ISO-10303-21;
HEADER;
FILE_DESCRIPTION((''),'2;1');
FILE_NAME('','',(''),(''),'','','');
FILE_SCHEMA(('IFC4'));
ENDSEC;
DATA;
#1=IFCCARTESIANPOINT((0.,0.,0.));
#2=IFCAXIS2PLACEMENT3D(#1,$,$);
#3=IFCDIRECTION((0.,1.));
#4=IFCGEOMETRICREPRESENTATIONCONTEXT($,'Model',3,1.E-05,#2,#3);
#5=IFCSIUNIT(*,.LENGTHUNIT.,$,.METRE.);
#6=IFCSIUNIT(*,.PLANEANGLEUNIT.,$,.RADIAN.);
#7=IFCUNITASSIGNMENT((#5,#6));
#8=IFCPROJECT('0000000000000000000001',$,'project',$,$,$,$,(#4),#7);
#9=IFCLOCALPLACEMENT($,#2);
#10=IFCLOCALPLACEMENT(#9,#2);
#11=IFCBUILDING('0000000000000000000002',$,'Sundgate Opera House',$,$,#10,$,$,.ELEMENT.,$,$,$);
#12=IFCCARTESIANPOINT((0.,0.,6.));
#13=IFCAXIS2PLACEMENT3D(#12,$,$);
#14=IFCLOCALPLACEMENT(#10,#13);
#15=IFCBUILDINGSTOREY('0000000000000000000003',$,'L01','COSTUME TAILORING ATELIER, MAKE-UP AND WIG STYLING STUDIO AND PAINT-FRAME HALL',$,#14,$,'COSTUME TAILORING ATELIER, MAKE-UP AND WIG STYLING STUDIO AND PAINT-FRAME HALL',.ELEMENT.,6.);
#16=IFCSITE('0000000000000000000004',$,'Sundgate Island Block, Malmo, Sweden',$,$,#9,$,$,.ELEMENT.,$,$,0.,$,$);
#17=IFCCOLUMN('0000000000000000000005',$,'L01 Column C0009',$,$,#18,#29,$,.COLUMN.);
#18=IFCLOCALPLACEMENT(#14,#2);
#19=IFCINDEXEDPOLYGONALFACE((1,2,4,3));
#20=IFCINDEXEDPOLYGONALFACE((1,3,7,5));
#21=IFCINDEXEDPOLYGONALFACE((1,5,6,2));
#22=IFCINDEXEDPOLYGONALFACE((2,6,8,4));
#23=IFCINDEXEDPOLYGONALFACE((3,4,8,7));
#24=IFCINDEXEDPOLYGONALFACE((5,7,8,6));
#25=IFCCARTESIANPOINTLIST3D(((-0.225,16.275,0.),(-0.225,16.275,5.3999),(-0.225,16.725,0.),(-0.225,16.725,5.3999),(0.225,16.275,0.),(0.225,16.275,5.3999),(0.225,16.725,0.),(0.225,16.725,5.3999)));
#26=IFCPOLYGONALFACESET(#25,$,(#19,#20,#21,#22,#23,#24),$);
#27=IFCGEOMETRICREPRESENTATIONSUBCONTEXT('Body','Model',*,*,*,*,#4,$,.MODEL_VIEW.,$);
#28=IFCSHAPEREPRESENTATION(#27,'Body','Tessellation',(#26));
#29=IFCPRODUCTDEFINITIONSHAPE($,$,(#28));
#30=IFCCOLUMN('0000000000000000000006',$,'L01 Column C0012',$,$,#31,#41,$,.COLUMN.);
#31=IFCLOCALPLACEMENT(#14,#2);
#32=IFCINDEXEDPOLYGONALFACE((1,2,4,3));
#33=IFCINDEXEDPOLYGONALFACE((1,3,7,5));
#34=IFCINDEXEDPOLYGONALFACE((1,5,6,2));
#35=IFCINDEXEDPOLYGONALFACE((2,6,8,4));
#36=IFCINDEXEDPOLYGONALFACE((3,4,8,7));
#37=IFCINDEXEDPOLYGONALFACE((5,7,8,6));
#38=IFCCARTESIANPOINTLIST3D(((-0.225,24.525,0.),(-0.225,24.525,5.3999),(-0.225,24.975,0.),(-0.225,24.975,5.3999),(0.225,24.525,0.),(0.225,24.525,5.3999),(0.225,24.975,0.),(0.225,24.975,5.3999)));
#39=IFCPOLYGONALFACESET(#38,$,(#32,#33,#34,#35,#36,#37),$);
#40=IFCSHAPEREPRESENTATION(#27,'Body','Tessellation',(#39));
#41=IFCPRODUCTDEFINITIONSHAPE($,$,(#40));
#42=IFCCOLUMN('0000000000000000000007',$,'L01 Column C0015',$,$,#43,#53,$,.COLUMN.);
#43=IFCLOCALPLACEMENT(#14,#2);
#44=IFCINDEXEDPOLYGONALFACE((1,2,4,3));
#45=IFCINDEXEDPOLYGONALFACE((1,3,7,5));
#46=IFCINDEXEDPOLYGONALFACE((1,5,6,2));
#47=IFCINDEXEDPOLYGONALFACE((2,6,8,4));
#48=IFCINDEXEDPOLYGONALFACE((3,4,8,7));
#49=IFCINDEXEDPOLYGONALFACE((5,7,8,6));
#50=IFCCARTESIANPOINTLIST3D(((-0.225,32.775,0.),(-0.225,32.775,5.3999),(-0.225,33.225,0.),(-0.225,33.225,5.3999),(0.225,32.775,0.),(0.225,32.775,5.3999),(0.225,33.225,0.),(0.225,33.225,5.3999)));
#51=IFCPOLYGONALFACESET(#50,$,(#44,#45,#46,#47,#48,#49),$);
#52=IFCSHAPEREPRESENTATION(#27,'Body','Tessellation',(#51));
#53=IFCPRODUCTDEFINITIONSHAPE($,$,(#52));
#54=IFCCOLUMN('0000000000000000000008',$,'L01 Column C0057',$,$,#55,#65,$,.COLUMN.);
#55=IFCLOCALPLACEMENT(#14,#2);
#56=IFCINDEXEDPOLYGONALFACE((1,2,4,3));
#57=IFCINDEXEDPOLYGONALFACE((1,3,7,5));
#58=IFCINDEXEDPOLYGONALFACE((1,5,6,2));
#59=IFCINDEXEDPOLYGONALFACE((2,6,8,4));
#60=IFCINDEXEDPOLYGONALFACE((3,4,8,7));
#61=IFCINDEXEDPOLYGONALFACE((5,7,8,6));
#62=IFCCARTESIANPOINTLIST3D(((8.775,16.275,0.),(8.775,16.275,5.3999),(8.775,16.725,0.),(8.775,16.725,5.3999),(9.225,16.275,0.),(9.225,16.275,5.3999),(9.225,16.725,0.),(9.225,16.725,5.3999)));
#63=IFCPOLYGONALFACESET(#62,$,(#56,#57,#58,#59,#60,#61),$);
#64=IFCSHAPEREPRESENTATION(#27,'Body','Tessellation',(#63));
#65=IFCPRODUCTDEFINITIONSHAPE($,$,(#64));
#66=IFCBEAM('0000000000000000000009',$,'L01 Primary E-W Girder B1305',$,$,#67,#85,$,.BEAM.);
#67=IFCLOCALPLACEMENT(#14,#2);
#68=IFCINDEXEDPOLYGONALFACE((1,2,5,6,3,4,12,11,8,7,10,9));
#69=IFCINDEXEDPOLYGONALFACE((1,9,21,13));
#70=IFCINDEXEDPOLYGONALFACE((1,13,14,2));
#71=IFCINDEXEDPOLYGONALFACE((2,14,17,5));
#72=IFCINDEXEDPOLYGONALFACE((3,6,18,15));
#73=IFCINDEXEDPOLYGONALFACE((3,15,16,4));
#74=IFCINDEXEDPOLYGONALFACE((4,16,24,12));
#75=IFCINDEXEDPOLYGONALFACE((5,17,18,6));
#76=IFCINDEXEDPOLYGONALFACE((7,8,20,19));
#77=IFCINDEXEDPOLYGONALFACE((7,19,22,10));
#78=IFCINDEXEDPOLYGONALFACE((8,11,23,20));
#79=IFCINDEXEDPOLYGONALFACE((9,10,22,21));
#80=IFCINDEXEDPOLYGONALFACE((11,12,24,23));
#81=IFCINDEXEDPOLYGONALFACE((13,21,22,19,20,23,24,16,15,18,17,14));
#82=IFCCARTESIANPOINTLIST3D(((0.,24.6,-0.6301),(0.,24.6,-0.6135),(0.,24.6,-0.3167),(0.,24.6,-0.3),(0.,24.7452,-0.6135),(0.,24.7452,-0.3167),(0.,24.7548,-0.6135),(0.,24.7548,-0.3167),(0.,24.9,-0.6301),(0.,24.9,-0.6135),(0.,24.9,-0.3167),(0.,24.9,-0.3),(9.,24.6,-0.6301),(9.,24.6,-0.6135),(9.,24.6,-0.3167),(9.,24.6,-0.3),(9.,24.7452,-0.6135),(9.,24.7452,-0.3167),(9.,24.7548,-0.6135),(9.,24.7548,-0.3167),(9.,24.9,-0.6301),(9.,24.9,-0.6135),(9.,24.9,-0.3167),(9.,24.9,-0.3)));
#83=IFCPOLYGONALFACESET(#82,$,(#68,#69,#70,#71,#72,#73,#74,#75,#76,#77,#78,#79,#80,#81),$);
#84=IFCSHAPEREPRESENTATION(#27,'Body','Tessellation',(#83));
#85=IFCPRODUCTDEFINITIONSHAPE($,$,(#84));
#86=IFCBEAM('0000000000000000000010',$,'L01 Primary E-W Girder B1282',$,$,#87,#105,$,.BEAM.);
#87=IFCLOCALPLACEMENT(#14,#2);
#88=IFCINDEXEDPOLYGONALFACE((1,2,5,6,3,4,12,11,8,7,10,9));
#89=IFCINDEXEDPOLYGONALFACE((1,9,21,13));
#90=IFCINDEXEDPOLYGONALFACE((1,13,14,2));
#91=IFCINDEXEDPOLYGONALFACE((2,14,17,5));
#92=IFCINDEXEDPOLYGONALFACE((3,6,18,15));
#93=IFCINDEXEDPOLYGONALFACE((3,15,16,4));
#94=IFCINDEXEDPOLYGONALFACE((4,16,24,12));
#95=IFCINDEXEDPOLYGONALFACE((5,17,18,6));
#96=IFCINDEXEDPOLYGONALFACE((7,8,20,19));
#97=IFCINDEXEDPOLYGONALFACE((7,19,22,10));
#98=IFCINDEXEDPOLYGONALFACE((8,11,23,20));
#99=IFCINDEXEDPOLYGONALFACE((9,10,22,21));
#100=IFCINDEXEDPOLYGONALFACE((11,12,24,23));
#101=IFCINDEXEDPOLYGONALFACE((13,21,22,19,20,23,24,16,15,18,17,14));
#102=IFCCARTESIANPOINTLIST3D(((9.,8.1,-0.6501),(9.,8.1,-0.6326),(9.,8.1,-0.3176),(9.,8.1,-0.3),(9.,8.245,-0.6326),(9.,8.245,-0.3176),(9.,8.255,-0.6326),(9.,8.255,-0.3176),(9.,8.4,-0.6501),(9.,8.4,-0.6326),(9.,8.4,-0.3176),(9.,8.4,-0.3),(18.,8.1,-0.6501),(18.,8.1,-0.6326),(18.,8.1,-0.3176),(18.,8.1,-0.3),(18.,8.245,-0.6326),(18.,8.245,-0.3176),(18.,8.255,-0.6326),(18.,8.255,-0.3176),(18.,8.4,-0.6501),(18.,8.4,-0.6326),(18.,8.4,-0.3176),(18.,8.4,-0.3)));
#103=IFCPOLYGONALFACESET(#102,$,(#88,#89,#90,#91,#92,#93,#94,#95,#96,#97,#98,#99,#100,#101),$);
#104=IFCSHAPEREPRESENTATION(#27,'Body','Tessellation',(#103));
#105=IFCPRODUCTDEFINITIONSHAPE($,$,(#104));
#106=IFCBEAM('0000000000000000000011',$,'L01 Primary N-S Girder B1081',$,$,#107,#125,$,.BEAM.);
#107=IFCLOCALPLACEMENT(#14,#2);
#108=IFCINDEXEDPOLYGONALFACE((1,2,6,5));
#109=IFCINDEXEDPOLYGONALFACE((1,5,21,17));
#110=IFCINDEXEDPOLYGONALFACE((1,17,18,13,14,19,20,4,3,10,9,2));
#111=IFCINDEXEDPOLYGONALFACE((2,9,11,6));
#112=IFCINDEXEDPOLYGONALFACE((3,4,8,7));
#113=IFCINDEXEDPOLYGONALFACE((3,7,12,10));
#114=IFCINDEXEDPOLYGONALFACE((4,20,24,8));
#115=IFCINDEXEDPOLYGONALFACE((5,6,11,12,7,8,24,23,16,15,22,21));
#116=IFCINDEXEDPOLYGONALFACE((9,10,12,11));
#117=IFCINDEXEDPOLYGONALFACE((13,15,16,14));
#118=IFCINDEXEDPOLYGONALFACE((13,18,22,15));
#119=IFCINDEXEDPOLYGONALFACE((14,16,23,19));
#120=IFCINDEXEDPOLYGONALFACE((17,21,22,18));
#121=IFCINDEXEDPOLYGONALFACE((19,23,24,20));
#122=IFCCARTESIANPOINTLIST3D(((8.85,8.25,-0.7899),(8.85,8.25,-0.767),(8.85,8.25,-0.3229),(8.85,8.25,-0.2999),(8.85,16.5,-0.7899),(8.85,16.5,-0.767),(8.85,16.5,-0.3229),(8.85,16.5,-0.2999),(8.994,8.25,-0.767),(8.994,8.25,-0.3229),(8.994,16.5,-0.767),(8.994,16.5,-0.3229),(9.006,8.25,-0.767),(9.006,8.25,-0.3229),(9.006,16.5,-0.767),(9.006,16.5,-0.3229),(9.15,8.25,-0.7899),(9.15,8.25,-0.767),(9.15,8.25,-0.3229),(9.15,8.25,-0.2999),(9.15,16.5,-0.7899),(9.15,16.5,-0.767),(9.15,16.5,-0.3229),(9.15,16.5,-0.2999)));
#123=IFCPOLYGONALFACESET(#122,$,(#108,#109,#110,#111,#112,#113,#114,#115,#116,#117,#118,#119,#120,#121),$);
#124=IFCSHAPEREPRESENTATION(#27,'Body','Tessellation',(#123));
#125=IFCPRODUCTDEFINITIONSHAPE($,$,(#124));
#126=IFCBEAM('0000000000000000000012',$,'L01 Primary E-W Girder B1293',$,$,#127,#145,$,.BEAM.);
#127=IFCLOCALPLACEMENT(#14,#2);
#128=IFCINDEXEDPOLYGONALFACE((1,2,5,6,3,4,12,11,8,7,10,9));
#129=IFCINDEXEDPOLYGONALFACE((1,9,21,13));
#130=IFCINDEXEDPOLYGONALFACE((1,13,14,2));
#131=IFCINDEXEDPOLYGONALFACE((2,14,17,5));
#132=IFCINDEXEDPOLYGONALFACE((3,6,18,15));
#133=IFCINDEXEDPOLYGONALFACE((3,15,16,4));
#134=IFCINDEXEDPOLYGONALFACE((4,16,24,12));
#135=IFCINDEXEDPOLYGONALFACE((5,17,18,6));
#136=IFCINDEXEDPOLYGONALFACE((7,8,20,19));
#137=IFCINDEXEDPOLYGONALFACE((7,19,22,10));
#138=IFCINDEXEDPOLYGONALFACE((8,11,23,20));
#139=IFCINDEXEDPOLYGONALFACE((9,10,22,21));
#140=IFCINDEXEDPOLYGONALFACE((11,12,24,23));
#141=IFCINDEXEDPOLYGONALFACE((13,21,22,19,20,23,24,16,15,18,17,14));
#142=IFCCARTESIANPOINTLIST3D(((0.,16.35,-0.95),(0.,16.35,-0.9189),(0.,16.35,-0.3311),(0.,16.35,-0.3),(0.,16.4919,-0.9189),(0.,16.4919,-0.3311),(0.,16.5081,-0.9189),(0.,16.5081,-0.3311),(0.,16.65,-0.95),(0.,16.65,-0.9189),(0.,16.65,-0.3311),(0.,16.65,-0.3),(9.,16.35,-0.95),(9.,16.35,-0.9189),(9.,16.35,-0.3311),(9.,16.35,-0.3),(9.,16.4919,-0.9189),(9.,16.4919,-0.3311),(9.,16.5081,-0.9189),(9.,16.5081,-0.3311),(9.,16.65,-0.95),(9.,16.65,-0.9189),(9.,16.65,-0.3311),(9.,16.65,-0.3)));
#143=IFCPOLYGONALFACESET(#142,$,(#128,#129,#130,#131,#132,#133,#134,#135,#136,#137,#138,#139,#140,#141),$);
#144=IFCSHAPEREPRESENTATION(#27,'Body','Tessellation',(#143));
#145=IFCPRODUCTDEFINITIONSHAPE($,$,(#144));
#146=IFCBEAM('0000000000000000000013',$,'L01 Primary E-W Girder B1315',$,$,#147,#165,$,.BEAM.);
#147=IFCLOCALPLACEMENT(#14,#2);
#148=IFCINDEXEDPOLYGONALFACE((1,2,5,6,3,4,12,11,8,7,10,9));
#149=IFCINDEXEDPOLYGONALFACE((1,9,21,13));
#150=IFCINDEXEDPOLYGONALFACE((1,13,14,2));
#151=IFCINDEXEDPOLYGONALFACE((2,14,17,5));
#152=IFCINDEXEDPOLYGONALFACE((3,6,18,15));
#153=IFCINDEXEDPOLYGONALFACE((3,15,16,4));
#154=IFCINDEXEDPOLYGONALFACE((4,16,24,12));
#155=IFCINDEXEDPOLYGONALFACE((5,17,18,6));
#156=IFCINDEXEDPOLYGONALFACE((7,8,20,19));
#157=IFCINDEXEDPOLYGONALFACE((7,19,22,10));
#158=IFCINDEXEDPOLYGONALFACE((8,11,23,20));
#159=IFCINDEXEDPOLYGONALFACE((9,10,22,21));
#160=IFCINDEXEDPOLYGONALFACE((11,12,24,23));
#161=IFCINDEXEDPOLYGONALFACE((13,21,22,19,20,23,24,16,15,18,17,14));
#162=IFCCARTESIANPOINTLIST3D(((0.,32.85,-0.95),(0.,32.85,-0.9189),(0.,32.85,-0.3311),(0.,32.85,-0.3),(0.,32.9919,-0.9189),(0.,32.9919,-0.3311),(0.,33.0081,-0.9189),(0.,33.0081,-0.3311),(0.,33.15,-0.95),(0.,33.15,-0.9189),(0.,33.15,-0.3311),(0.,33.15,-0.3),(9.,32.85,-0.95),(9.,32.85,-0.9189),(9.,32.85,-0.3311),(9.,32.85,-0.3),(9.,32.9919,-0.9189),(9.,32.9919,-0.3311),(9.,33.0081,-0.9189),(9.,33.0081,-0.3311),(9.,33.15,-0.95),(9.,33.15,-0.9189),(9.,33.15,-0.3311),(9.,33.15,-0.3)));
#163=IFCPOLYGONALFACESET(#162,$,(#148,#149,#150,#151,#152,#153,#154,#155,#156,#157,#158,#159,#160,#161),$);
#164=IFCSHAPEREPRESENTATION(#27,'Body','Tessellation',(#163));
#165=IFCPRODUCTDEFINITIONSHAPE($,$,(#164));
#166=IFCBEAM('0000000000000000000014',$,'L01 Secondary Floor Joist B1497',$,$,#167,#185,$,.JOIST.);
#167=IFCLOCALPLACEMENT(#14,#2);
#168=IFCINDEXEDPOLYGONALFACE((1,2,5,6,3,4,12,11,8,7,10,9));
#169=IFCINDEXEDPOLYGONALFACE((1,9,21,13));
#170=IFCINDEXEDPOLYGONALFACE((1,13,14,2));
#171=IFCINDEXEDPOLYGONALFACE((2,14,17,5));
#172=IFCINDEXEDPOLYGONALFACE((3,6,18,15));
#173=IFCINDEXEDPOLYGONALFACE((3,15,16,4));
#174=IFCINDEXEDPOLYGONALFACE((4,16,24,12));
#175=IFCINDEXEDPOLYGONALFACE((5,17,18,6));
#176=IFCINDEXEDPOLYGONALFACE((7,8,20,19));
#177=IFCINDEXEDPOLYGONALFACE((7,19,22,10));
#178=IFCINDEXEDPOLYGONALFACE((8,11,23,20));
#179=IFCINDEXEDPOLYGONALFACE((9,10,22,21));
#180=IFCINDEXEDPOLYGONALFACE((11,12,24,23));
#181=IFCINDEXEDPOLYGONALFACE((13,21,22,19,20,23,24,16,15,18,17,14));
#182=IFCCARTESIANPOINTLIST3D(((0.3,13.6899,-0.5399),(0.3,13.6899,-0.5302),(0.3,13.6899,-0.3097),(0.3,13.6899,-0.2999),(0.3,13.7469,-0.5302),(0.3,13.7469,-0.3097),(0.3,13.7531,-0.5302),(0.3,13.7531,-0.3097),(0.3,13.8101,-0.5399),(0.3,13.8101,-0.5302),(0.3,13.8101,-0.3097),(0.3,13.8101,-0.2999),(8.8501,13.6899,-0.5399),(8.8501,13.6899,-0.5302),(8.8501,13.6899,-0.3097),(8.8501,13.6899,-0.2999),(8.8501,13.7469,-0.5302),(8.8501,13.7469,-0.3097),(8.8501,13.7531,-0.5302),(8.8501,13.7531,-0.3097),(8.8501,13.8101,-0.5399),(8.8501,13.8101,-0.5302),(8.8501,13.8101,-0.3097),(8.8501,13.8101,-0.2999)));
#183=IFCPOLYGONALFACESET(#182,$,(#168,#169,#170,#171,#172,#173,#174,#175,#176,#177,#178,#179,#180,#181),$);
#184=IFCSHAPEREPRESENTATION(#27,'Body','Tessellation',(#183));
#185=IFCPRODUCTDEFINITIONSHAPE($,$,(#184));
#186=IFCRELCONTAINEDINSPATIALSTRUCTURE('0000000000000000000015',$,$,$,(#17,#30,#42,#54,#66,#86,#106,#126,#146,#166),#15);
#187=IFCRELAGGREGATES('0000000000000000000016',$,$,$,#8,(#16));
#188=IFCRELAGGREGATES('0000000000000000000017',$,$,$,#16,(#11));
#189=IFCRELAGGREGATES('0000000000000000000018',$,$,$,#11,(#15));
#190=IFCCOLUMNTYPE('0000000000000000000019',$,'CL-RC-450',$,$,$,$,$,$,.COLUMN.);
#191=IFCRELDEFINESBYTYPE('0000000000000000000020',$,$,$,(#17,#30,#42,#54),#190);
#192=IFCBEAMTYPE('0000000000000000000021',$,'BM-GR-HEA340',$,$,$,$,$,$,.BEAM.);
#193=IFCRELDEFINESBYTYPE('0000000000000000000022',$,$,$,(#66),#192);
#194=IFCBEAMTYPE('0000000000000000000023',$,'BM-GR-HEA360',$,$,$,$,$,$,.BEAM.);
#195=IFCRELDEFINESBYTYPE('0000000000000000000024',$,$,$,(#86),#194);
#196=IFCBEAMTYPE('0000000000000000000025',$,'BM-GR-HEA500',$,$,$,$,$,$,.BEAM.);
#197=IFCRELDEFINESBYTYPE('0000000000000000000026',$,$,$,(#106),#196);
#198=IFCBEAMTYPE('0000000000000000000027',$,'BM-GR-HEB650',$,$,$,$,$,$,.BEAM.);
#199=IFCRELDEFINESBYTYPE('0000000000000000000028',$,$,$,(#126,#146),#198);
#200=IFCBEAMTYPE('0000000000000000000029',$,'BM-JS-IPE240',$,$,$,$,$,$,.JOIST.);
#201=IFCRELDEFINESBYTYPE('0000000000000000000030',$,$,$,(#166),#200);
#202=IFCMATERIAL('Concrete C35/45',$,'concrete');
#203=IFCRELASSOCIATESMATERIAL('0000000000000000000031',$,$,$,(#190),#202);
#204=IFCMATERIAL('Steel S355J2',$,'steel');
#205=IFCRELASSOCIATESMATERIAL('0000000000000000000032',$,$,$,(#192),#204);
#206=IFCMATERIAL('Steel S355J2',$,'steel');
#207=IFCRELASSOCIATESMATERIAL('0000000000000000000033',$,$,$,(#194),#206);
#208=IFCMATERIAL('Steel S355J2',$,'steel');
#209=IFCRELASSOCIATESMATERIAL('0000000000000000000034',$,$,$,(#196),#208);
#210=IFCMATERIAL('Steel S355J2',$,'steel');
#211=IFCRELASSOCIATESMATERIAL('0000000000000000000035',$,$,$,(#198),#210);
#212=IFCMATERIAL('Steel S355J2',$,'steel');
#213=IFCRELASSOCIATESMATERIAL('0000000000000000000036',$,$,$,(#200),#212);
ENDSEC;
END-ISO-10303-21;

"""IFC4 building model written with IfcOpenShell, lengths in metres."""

from ifc_helpers import new_model, si_unit, direction, frame, origin, origin_2d, place, context, subcontext, project, spatial, rectangle, i_section, extrude, material, material_profile, profile_set, type_object, element, save


model = new_model("IFC4")

# Units and contexts
model_context = context("Model", 3, precision=1e-05, world=origin(), true_north=direction((0.0, 1.0)))
body_context = subcontext(model_context, "Body", "Model", "MODEL_VIEW")
ifc_project = project(units=[si_unit("LENGTHUNIT", "METRE"), si_unit("PLANEANGLEUNIT", "RADIAN")], contexts=[model_context])

# Site, building, storey
site_placement = place(None, origin())
site = spatial("IfcSite", under=ifc_project, at=site_placement, Name="Sundgate Island Block, Malmo, Sweden", CompositionType="ELEMENT", RefElevation=0.0)
building_placement = place(site_placement, origin())
building = spatial("IfcBuilding", under=site, at=building_placement, Name="Sundgate Opera House", CompositionType="ELEMENT")
storey_placement = place(building_placement, frame((0.0, 0.0, 6.0)))
storey = spatial("IfcBuildingStorey", under=building, at=storey_placement, Name="L01", Description="COSTUME TAILORING ATELIER, MAKE-UP AND WIG STYLING STUDIO AND PAINT-FRAME HALL", LongName="COSTUME TAILORING ATELIER, MAKE-UP AND WIG STYLING STUDIO AND PAINT-FRAME HALL", CompositionType="ELEMENT", Elevation=6.0)

# Columns
ifc_material_1 = material(Name="Concrete C35/45", Category="concrete")
ifc_material_profile_1 = material_profile(ifc_material_1, rectangle(XDim=0.45, YDim=0.45, at=origin_2d()), Name="RC 450x450")
ifc_profile_set_1 = profile_set([ifc_material_profile_1], Name="Concrete C35/45")
column_type = type_object("IfcColumnType", Name="CL-RC-450", PredefinedType="COLUMN", material=ifc_profile_set_1)
for number, where, z_axis, x_axis, name in (
    (1, (0.0, 16.5, 0.0), (0.0, 0.0, 1.0), (1.0, 0.0, 0.0), "L01 Column C0009"),
    (2, (0.0, 24.75, 0.0), (0.0, 0.0, 1.0), (1.0, 0.0, 0.0), "L01 Column C0012"),
    (3, (0.0, 33.0, 0.0), (0.0, 0.0, 1.0), (1.0, 0.0, 0.0), "L01 Column C0015"),
    (4, (9.0, 16.5, 0.0), (0.0, 0.0, 1.0), (1.0, 0.0, 0.0), "L01 Column C0057"),
):
    element("IfcColumn", number, at=place(storey_placement, frame(where, z_axis=z_axis, x_axis=x_axis)), inside=storey, type_object=column_type, Name=name, PredefinedType="COLUMN", context=body_context, shape_type="SweptSolid", body=[
        extrude(rectangle(XDim=0.45, YDim=0.45, at=origin_2d()), origin(), (0.0, 0.0, 1.0), 5.3999),
    ])

# Beams
ifc_material_2 = material(Name="Steel S355J2", Category="steel")
ifc_material_profile_2 = material_profile(ifc_material_2, i_section(OverallWidth=0.3, OverallDepth=0.3301, WebThickness=0.0095, FlangeThickness=0.0166, at=origin_2d()), Name="HEA 340")
ifc_profile_set_2 = profile_set([ifc_material_profile_2], Name="Steel S355J2")
beam_type_1 = type_object("IfcBeamType", Name="BM-GR-HEA340", PredefinedType="BEAM", material=ifc_profile_set_2)
beam_1_placement = place(storey_placement, frame((0.0, 24.75, -0.4651), z_axis=(1.0, 0.0, 0.0), x_axis=(0.0, 1.0, 0.0)))
element("IfcBeam", 5, at=beam_1_placement, inside=storey, type_object=beam_type_1, Name="L01 Primary E-W Girder B1305", PredefinedType="BEAM", context=body_context, shape_type="SweptSolid", body=[
    extrude(i_section(OverallWidth=0.3, OverallDepth=0.3301, WebThickness=0.0095, FlangeThickness=0.0166, at=origin_2d()), origin(), (0.0, 0.0, 1.0), 9.0),
])
ifc_material_3 = material(Name="Steel S355J2", Category="steel")
ifc_material_profile_3 = material_profile(ifc_material_3, i_section(OverallWidth=0.3, OverallDepth=0.3501, WebThickness=0.01, FlangeThickness=0.0176, at=origin_2d()), Name="HEA 360")
ifc_profile_set_3 = profile_set([ifc_material_profile_3], Name="Steel S355J2")
beam_type_2 = type_object("IfcBeamType", Name="BM-GR-HEA360", PredefinedType="BEAM", material=ifc_profile_set_3)
beam_2_placement = place(storey_placement, frame((9.0, 8.25, -0.4751), z_axis=(1.0, 0.0, 0.0), x_axis=(0.0, 1.0, 0.0)))
element("IfcBeam", 6, at=beam_2_placement, inside=storey, type_object=beam_type_2, Name="L01 Primary E-W Girder B1282", PredefinedType="BEAM", context=body_context, shape_type="SweptSolid", body=[
    extrude(i_section(OverallWidth=0.3, OverallDepth=0.3501, WebThickness=0.01, FlangeThickness=0.0176, at=origin_2d()), origin(), (0.0, 0.0, 1.0), 9.0),
])
ifc_material_4 = material(Name="Steel S355J2", Category="steel")
ifc_material_profile_4 = material_profile(ifc_material_4, i_section(OverallWidth=0.3, OverallDepth=0.49, WebThickness=0.012, FlangeThickness=0.0229, at=origin_2d()), Name="HEA 500")
ifc_profile_set_4 = profile_set([ifc_material_profile_4], Name="Steel S355J2")
beam_type_3 = type_object("IfcBeamType", Name="BM-GR-HEA500", PredefinedType="BEAM", material=ifc_profile_set_4)
beam_3_placement = place(storey_placement, frame((9.0, 8.25, -0.5449), z_axis=(0.0, 1.0, 0.0), x_axis=(-1.0, 0.0, 0.0)))
element("IfcBeam", 7, at=beam_3_placement, inside=storey, type_object=beam_type_3, Name="L01 Primary N-S Girder B1081", PredefinedType="BEAM", context=body_context, shape_type="SweptSolid", body=[
    extrude(i_section(OverallWidth=0.3, OverallDepth=0.49, WebThickness=0.012, FlangeThickness=0.0229, at=origin_2d()), origin(), (0.0, 0.0, 1.0), 8.25),
])
ifc_material_5 = material(Name="Steel S355J2", Category="steel")
ifc_material_profile_5 = material_profile(ifc_material_5, i_section(OverallWidth=0.3, OverallDepth=0.6499, WebThickness=0.0161, FlangeThickness=0.031, at=origin_2d()), Name="HEB 650")
ifc_profile_set_5 = profile_set([ifc_material_profile_5], Name="Steel S355J2")
beam_type_4 = type_object("IfcBeamType", Name="BM-GR-HEB650", PredefinedType="BEAM", material=ifc_profile_set_5)
for number, where, z_axis, x_axis, name in (
    (8, (0.0, 16.5, -0.625), (1.0, 0.0, 0.0), (0.0, 1.0, 0.0), "L01 Primary E-W Girder B1293"),
    (9, (0.0, 33.0, -0.625), (1.0, 0.0, 0.0), (0.0, 1.0, 0.0), "L01 Primary E-W Girder B1315"),
):
    element("IfcBeam", number, at=place(storey_placement, frame(where, z_axis=z_axis, x_axis=x_axis)), inside=storey, type_object=beam_type_4, Name=name, PredefinedType="BEAM", context=body_context, shape_type="SweptSolid", body=[
        extrude(i_section(OverallWidth=0.3, OverallDepth=0.6499, WebThickness=0.0161, FlangeThickness=0.031, at=origin_2d()), origin(), (0.0, 0.0, 1.0), 9.0),
    ])
ifc_material_6 = material(Name="Steel S355J2", Category="steel")
ifc_material_profile_6 = material_profile(ifc_material_6, i_section(OverallWidth=0.1201, OverallDepth=0.24, WebThickness=0.0061, FlangeThickness=0.0098, at=origin_2d()), Name="IPE 240")
ifc_profile_set_6 = profile_set([ifc_material_profile_6], Name="Steel S355J2")
beam_type_5 = type_object("IfcBeamType", Name="BM-JS-IPE240", PredefinedType="JOIST", material=ifc_profile_set_6)
beam_4_placement = place(storey_placement, frame((0.3, 13.75, -0.4199), z_axis=(1.0, 0.0, 0.0), x_axis=(0.0, 1.0, 0.0)))
element("IfcBeam", 10, at=beam_4_placement, inside=storey, type_object=beam_type_5, Name="L01 Secondary Floor Joist B1497", PredefinedType="JOIST", context=body_context, shape_type="SweptSolid", body=[
    extrude(i_section(OverallWidth=0.1201, OverallDepth=0.24, WebThickness=0.0061, FlangeThickness=0.0098, at=origin_2d()), origin(), (0.0, 0.0, 1.0), 8.55),
])

save(model, "model.ifc")
